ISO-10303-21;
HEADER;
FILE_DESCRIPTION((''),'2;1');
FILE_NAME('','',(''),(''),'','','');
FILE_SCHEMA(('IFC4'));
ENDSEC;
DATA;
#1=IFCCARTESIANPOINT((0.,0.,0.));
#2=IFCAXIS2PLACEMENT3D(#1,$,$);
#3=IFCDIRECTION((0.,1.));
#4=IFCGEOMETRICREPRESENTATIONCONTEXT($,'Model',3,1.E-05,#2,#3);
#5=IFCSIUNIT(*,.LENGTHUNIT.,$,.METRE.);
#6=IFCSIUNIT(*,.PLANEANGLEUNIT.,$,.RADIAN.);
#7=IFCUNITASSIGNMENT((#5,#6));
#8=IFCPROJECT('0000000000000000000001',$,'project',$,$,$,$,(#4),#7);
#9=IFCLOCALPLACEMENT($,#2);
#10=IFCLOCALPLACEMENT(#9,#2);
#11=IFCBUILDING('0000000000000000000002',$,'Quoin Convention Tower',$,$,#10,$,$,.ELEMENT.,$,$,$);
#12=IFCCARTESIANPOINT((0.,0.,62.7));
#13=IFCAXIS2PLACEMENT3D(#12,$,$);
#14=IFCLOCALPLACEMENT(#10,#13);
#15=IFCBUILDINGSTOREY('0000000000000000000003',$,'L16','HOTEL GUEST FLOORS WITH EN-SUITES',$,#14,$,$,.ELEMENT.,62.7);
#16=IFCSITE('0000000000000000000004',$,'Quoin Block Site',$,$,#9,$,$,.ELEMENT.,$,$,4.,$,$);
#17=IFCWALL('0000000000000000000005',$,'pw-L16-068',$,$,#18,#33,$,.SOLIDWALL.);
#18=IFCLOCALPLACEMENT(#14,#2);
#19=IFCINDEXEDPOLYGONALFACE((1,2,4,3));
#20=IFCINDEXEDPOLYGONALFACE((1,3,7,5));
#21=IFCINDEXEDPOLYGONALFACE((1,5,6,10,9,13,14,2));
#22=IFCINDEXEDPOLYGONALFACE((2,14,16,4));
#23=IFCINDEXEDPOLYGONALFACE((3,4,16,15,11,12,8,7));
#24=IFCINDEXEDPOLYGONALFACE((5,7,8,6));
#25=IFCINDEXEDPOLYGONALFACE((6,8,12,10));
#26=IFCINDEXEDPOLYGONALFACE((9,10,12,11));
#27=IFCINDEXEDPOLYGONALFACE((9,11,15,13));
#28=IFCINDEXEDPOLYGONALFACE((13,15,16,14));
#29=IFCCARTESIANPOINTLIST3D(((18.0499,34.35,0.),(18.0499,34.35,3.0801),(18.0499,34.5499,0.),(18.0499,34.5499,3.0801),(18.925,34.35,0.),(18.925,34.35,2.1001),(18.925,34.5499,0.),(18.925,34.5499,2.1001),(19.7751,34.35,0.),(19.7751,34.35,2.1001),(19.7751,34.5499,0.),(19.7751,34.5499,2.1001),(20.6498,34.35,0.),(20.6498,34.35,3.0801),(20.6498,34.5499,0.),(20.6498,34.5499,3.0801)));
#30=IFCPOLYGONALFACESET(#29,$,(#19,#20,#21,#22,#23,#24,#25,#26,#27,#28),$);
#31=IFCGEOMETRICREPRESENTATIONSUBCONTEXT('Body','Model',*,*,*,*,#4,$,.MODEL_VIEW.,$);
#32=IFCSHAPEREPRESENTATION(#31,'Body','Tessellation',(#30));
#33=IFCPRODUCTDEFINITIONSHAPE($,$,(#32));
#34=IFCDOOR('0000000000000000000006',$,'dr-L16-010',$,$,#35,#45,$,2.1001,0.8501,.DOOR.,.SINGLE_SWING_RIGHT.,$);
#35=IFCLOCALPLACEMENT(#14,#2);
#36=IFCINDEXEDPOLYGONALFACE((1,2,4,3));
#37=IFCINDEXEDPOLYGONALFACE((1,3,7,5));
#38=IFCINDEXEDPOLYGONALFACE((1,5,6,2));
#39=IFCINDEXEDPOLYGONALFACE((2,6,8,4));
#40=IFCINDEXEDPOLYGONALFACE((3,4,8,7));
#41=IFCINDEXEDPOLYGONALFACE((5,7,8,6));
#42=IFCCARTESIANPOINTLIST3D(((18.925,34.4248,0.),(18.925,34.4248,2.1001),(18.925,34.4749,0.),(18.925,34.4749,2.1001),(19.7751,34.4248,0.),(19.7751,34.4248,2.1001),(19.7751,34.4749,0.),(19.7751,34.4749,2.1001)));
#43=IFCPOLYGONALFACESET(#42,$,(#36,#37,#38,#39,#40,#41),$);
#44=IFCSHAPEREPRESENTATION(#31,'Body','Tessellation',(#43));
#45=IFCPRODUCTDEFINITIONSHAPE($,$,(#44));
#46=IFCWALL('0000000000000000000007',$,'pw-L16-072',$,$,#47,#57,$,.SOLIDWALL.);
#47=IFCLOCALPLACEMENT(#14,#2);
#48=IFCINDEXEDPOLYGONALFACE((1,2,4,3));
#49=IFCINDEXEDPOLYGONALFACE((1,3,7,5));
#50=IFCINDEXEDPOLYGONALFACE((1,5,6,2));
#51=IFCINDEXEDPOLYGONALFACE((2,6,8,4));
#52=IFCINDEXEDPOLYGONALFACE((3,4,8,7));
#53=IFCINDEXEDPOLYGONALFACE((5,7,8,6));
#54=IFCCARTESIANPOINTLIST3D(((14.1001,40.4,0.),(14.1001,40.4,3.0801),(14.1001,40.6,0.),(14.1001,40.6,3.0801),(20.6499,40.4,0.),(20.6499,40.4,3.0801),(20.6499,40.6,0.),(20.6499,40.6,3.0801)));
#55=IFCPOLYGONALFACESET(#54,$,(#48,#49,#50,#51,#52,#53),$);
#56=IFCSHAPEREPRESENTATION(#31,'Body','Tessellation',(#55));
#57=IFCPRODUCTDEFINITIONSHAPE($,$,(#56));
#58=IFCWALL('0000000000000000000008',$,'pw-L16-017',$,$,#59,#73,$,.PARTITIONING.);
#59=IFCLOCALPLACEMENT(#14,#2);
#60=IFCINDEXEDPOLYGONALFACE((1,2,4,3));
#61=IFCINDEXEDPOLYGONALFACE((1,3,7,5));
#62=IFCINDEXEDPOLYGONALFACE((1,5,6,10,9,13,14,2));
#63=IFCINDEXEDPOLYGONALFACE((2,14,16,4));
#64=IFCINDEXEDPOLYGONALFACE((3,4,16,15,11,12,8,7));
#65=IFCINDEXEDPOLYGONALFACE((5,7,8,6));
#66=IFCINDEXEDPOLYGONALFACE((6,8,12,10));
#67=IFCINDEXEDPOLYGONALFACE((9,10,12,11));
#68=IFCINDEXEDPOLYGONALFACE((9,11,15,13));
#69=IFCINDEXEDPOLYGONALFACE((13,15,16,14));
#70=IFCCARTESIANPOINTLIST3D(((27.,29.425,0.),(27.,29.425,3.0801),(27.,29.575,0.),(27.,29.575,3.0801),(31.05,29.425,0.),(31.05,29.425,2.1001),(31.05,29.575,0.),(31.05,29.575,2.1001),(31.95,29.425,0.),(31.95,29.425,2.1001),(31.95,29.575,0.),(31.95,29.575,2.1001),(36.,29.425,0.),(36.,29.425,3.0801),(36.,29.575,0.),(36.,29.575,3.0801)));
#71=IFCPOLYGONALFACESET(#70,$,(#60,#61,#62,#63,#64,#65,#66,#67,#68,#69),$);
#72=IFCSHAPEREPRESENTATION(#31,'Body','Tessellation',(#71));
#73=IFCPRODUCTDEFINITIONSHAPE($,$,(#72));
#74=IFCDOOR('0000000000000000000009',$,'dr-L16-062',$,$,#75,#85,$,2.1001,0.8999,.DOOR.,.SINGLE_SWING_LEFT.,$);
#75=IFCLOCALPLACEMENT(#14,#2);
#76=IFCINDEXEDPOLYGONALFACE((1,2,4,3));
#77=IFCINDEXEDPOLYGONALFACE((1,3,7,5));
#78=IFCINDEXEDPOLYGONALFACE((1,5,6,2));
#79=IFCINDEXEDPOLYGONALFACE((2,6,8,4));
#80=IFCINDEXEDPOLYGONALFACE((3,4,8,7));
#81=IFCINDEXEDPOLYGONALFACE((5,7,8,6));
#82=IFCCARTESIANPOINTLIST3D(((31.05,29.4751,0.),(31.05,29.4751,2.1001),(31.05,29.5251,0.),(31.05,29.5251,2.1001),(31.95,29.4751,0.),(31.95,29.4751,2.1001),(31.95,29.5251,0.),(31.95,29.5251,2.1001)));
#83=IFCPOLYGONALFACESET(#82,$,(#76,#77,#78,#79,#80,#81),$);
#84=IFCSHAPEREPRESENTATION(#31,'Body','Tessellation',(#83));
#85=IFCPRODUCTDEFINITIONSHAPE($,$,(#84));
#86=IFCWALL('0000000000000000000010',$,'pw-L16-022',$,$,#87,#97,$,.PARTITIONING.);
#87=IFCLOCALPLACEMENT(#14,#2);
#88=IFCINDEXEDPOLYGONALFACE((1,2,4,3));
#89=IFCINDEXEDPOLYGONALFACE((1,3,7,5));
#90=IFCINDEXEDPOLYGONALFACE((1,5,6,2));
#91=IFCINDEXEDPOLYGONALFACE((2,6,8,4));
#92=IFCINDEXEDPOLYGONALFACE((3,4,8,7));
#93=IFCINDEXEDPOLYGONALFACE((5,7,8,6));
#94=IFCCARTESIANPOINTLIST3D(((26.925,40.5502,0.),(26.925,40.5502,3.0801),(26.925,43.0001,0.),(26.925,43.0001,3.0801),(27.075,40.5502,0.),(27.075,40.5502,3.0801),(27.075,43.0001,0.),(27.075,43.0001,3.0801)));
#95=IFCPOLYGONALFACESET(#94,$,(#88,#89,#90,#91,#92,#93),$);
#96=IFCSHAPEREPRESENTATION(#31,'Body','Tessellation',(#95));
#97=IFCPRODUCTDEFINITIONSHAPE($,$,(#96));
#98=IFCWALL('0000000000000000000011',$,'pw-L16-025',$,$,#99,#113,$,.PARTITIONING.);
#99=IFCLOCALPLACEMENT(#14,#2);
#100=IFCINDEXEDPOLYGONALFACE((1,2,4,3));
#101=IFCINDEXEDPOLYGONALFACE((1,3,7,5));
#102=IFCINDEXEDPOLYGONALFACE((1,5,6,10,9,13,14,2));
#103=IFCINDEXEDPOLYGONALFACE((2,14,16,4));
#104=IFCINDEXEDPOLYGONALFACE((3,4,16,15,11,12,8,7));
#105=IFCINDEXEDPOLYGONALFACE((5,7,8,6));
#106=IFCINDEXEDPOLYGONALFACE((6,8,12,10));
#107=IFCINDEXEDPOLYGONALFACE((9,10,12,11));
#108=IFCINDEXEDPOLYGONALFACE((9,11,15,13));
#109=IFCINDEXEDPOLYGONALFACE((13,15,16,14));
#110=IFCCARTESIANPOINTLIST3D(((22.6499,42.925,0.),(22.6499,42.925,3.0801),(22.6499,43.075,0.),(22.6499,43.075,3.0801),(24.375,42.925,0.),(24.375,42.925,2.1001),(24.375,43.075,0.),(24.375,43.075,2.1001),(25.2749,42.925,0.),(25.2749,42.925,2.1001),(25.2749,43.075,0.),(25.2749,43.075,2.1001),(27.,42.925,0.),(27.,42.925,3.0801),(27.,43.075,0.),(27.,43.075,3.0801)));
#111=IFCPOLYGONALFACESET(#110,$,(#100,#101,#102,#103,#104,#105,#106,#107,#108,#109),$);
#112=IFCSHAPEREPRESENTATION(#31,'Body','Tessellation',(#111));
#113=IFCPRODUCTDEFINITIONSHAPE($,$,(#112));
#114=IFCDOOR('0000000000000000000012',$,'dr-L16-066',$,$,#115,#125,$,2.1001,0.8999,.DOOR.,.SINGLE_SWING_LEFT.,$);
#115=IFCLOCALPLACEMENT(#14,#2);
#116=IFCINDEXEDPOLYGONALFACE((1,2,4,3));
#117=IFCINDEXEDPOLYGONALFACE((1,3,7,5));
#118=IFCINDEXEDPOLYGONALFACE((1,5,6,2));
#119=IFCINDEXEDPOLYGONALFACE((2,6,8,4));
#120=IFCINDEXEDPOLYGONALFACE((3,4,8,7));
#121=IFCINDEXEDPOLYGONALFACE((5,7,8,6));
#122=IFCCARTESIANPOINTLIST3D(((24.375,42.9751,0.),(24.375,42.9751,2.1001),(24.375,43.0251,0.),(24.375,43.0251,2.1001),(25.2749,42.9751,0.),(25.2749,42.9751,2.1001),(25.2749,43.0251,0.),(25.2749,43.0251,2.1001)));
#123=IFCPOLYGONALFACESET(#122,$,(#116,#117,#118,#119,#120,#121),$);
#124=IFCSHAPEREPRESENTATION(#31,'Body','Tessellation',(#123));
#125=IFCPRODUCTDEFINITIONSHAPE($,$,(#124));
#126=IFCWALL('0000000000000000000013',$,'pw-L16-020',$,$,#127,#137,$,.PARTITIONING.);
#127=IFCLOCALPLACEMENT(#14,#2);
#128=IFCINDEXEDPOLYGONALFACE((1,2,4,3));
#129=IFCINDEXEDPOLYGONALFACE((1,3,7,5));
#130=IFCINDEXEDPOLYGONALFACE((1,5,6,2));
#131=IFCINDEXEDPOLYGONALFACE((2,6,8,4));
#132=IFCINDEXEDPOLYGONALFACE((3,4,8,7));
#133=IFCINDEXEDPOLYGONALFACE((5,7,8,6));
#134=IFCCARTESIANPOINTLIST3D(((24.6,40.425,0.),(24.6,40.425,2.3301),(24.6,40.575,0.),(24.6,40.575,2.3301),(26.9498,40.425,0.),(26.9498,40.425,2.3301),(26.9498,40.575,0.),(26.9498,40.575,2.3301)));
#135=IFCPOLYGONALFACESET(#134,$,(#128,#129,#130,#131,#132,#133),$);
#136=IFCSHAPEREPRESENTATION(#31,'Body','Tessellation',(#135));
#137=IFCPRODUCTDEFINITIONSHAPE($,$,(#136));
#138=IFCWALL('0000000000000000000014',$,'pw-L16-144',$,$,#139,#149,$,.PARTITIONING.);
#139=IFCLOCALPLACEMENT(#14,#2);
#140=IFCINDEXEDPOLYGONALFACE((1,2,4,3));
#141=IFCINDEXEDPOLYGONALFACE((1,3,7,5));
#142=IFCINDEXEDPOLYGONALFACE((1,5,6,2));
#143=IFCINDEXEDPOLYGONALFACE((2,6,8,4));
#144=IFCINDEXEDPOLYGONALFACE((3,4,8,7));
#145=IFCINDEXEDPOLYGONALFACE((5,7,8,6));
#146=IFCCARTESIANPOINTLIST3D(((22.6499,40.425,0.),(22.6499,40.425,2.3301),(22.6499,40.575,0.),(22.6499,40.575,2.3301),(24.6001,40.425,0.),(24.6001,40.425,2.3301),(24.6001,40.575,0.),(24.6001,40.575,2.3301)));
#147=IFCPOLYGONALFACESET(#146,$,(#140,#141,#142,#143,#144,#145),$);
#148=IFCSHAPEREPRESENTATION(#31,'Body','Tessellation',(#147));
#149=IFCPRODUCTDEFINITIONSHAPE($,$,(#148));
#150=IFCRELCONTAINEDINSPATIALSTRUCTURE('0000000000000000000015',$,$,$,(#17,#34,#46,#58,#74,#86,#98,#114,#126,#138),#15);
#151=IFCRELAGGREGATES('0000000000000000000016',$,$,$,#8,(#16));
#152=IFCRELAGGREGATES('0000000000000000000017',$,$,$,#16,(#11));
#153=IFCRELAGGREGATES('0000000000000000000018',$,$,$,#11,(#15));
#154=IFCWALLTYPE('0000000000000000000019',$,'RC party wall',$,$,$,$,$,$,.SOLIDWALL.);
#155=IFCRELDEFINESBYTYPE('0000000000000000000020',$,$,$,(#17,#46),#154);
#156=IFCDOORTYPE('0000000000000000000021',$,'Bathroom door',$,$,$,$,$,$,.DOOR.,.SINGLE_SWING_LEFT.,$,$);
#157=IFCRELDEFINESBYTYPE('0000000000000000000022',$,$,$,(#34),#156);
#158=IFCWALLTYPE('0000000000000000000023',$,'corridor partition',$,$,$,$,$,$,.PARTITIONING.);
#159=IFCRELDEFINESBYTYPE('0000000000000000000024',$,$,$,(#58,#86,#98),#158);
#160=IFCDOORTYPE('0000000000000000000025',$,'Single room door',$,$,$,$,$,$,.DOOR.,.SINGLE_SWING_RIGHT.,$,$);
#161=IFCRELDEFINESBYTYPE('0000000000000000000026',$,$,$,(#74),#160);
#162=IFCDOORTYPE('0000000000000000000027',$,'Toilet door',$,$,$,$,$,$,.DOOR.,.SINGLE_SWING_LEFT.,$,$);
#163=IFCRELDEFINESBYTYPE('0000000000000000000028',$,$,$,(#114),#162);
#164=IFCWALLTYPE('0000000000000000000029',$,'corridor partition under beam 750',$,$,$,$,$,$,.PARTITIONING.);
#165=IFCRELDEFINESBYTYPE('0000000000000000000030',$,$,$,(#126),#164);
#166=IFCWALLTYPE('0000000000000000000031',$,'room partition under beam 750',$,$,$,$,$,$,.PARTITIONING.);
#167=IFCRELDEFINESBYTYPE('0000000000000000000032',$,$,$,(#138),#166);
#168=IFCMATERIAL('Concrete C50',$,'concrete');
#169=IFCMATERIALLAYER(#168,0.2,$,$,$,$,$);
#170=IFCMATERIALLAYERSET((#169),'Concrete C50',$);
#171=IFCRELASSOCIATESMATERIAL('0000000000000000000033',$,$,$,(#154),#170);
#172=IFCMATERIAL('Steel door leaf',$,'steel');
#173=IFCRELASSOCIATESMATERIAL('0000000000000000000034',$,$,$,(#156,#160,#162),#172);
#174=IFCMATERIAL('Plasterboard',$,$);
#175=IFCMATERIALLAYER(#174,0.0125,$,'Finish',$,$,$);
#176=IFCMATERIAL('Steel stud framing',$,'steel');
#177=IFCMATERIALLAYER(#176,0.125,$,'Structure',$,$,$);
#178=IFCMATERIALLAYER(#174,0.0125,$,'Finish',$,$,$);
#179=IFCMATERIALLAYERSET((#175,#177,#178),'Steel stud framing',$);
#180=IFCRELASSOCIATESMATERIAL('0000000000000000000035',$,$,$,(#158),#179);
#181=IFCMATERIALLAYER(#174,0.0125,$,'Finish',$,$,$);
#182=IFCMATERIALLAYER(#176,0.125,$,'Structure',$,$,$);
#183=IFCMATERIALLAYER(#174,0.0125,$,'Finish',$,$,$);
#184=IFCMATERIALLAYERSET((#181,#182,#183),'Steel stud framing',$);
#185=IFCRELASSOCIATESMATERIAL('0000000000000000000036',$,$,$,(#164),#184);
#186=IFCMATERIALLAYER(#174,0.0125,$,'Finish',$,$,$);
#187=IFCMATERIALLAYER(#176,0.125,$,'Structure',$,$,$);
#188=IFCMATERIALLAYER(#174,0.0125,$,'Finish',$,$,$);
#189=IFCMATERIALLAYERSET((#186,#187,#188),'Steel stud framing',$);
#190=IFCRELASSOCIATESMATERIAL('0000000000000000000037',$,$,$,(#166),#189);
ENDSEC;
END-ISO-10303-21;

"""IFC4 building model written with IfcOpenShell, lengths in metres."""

from ifc_helpers import new_model, si_unit, direction, frame, frame_2d, origin, place, context, subcontext, project, spatial, rectangle, extrude, material, layer, layer_set, type_object, element, fill, save


model = new_model("IFC4")

# Units and contexts
model_context = context("Model", 3, precision=1e-05, world=origin(), true_north=direction((0.0, 1.0)))
body_context = subcontext(model_context, "Body", "Model", "MODEL_VIEW")
ifc_project = project(units=[si_unit("LENGTHUNIT", "METRE"), si_unit("PLANEANGLEUNIT", "RADIAN")], contexts=[model_context])

# Site, building, storey
site_placement = place(None, origin())
site = spatial("IfcSite", under=ifc_project, at=site_placement, Name="Quoin Block Site", CompositionType="ELEMENT", RefElevation=4.0)
building_placement = place(site_placement, origin())
building = spatial("IfcBuilding", under=site, at=building_placement, Name="Quoin Convention Tower", CompositionType="ELEMENT")
storey_placement = place(building_placement, frame((0.0, 0.0, 62.7)))
storey = spatial("IfcBuildingStorey", under=building, at=storey_placement, Name="L16", Description="HOTEL GUEST FLOORS WITH EN-SUITES", CompositionType="ELEMENT", Elevation=62.7)

# Shared definitions
ifc_material_1 = material(Name="Steel door leaf", Category="steel")

# Shared definitions
ifc_material_2 = material(Name="Concrete C50", Category="concrete")
ifc_layer_1 = layer(ifc_material_2, 0.2)
ifc_layer_set_1 = layer_set([ifc_layer_1], Name="Concrete C50")
wall_type_1 = type_object("IfcWallType", Name="RC party wall", PredefinedType="SOLIDWALL", material=ifc_layer_set_1)

# Wall, opening, door
wall_1_placement = place(storey_placement, frame((18.05, 34.45, 0.0), z_axis=(0.0, 0.0, 1.0), x_axis=(1.0, 0.0, 0.0)))
wall_1 = element("IfcWall", 1, at=wall_1_placement, inside=storey, type_object=wall_type_1, Name="pw-L16-068", PredefinedType="SOLIDWALL", context=body_context, shape_type="SweptSolid", body=[
    extrude(rectangle(XDim=2.5999, YDim=0.2, at=frame_2d((1.2998, 0.0))), origin(), (0.0, 0.0, 1.0), 3.0801),
])
opening_1_placement = place(wall_1_placement, frame((0.875, 0.0, 0.0)))
opening_1 = element("IfcOpeningElement", 2, at=opening_1_placement, cuts=wall_1, PredefinedType="OPENING", context=body_context, shape_type="SweptSolid", body=[
    extrude(rectangle(XDim=0.8501, YDim=2.1001, at=frame_2d((0.425, 1.05))), frame((0.0, 0.1099, 0.0), z_axis=(0.0, -1.0, 0.0), x_axis=(1.0, 0.0, 0.0)), (0.0, 0.0, 1.0), 0.22),
])
door_type_1 = type_object("IfcDoorType", Name="Bathroom door", OperationType="SINGLE_SWING_LEFT", PredefinedType="DOOR", material=ifc_material_1)
door_1_placement = place(opening_1_placement, origin())
door_1 = element("IfcDoor", 3, at=door_1_placement, inside=storey, type_object=door_type_1, Name="dr-L16-010", OperationType="SINGLE_SWING_RIGHT", OverallHeight=2.1001, OverallWidth=0.8501, PredefinedType="DOOR", context=body_context, shape_type="SweptSolid", body=[
    extrude(rectangle(XDim=0.8501, YDim=2.1001, at=frame_2d((0.425, 1.05))), frame((0.0, 0.0249, 0.0), z_axis=(0.0, -1.0, 0.0), x_axis=(1.0, 0.0, 0.0)), (0.0, 0.0, 1.0), 0.05),
])
fill(opening_1, door_1)

# Wall
wall_2_placement = place(storey_placement, frame((14.1001, 40.5, 0.0), z_axis=(0.0, 0.0, 1.0), x_axis=(1.0, 0.0, 0.0)))
element("IfcWall", 4, at=wall_2_placement, inside=storey, type_object=wall_type_1, Name="pw-L16-072", PredefinedType="SOLIDWALL", context=body_context, shape_type="SweptSolid", body=[
    extrude(rectangle(XDim=6.5498, YDim=0.2, at=frame_2d((3.2749, 0.0))), origin(), (0.0, 0.0, 1.0), 3.0801),
])

# Wall, opening, door
ifc_material_3 = material(Name="Plasterboard")
ifc_layer_2 = layer(ifc_material_3, 0.0125, Name="Finish")
ifc_material_4 = material(Name="Steel stud framing", Category="steel")
ifc_layer_3 = layer(ifc_material_4, 0.125, Name="Structure")
ifc_layer_4 = layer(ifc_material_3, 0.0125, Name="Finish")
ifc_layer_set_2 = layer_set([ifc_layer_2, ifc_layer_3, ifc_layer_4], Name="Steel stud framing")
wall_type_2 = type_object("IfcWallType", Name="corridor partition", PredefinedType="PARTITIONING", material=ifc_layer_set_2)
wall_3_placement = place(storey_placement, frame((27.0, 29.5, 0.0), z_axis=(0.0, 0.0, 1.0), x_axis=(1.0, 0.0, 0.0)))
wall_3 = element("IfcWall", 5, at=wall_3_placement, inside=storey, type_object=wall_type_2, Name="pw-L16-017", PredefinedType="PARTITIONING", context=body_context, shape_type="SweptSolid", body=[
    extrude(rectangle(XDim=9.0, YDim=0.1499, at=frame_2d((4.5, 0.0))), origin(), (0.0, 0.0, 1.0), 3.0801),
])
opening_2_placement = place(wall_3_placement, frame((4.05, 0.0, 0.0)))
opening_2 = element("IfcOpeningElement", 6, at=opening_2_placement, cuts=wall_3, PredefinedType="OPENING", context=body_context, shape_type="SweptSolid", body=[
    extrude(rectangle(XDim=0.8999, YDim=2.1001, at=frame_2d((0.45, 1.05))), frame((0.0, 0.085, 0.0), z_axis=(0.0, -1.0, 0.0), x_axis=(1.0, 0.0, 0.0)), (0.0, 0.0, 1.0), 0.1699),
])
door_type_2 = type_object("IfcDoorType", Name="Single room door", OperationType="SINGLE_SWING_RIGHT", PredefinedType="DOOR", material=ifc_material_1)
door_2_placement = place(opening_2_placement, frame((0.8999, 0.0, 0.0), z_axis=(0.0, 0.0, 1.0), x_axis=(-1.0, 0.0, 0.0)))
door_2 = element("IfcDoor", 7, at=door_2_placement, inside=storey, type_object=door_type_2, Name="dr-L16-062", OperationType="SINGLE_SWING_LEFT", OverallHeight=2.1001, OverallWidth=0.8999, PredefinedType="DOOR", context=body_context, shape_type="SweptSolid", body=[
    extrude(rectangle(XDim=0.8999, YDim=2.1001, at=frame_2d((0.45, 1.05))), frame((0.0, 0.0249, 0.0), z_axis=(0.0, -1.0, 0.0), x_axis=(1.0, 0.0, 0.0)), (0.0, 0.0, 1.0), 0.05),
])
fill(opening_2, door_2)

# Wall
wall_4_placement = place(storey_placement, frame((27.0, 40.55, 0.0), z_axis=(0.0, 0.0, 1.0), x_axis=(0.0, 1.0, 0.0)))
element("IfcWall", 8, at=wall_4_placement, inside=storey, type_object=wall_type_2, Name="pw-L16-022", PredefinedType="PARTITIONING", context=body_context, shape_type="SweptSolid", body=[
    extrude(rectangle(XDim=2.45, YDim=0.1499, at=frame_2d((1.2251, 0.0))), origin(), (0.0, 0.0, 1.0), 3.0801),
])

# Wall, opening, door
wall_5_placement = place(storey_placement, frame((22.6499, 43.0, 0.0), z_axis=(0.0, 0.0, 1.0), x_axis=(1.0, 0.0, 0.0)))
wall_5 = element("IfcWall", 9, at=wall_5_placement, inside=storey, type_object=wall_type_2, Name="pw-L16-025", PredefinedType="PARTITIONING", context=body_context, shape_type="SweptSolid", body=[
    extrude(rectangle(XDim=4.3501, YDim=0.1499, at=frame_2d((2.175, 0.0))), origin(), (0.0, 0.0, 1.0), 3.0801),
])
opening_3_placement = place(wall_5_placement, frame((1.7251, 0.0, 0.0)))
opening_3 = element("IfcOpeningElement", 10, at=opening_3_placement, cuts=wall_5, PredefinedType="OPENING", context=body_context, shape_type="SweptSolid", body=[
    extrude(rectangle(XDim=0.8999, YDim=2.1001, at=frame_2d((0.45, 1.05))), frame((0.0, 0.085, 0.0), z_axis=(0.0, -1.0, 0.0), x_axis=(1.0, 0.0, 0.0)), (0.0, 0.0, 1.0), 0.1699),
])
door_type_3 = type_object("IfcDoorType", Name="Toilet door", OperationType="SINGLE_SWING_LEFT", PredefinedType="DOOR", material=ifc_material_1)
door_3_placement = place(opening_3_placement, frame((0.8999, 0.0, 0.0), z_axis=(0.0, 0.0, 1.0), x_axis=(-1.0, 0.0, 0.0)))
door_3 = element("IfcDoor", 11, at=door_3_placement, inside=storey, type_object=door_type_3, Name="dr-L16-066", OperationType="SINGLE_SWING_LEFT", OverallHeight=2.1001, OverallWidth=0.8999, PredefinedType="DOOR", context=body_context, shape_type="SweptSolid", body=[
    extrude(rectangle(XDim=0.8999, YDim=2.1001, at=frame_2d((0.45, 1.05))), frame((0.0, 0.0249, 0.0), z_axis=(0.0, -1.0, 0.0), x_axis=(1.0, 0.0, 0.0)), (0.0, 0.0, 1.0), 0.05),
])
fill(opening_3, door_3)

# Walls
ifc_layer_5 = layer(ifc_material_3, 0.0125, Name="Finish")
ifc_layer_6 = layer(ifc_material_4, 0.125, Name="Structure")
ifc_layer_7 = layer(ifc_material_3, 0.0125, Name="Finish")
ifc_layer_set_3 = layer_set([ifc_layer_5, ifc_layer_6, ifc_layer_7], Name="Steel stud framing")
wall_type_3 = type_object("IfcWallType", Name="corridor partition under beam 750", PredefinedType="PARTITIONING", material=ifc_layer_set_3)
wall_6_placement = place(storey_placement, frame((24.6001, 40.5, 0.0), z_axis=(0.0, 0.0, 1.0), x_axis=(1.0, 0.0, 0.0)))
element("IfcWall", 12, at=wall_6_placement, inside=storey, type_object=wall_type_3, Name="pw-L16-020", PredefinedType="PARTITIONING", context=body_context, shape_type="SweptSolid", body=[
    extrude(rectangle(XDim=2.3499, YDim=0.1499, at=frame_2d((1.1748, 0.0))), origin(), (0.0, 0.0, 1.0), 2.3301),
])
ifc_layer_8 = layer(ifc_material_3, 0.0125, Name="Finish")
ifc_layer_9 = layer(ifc_material_4, 0.125, Name="Structure")
ifc_layer_10 = layer(ifc_material_3, 0.0125, Name="Finish")
ifc_layer_set_4 = layer_set([ifc_layer_8, ifc_layer_9, ifc_layer_10], Name="Steel stud framing")
wall_type_4 = type_object("IfcWallType", Name="room partition under beam 750", PredefinedType="PARTITIONING", material=ifc_layer_set_4)
wall_7_placement = place(storey_placement, frame((22.6499, 40.5, 0.0), z_axis=(0.0, 0.0, 1.0), x_axis=(1.0, 0.0, 0.0)))
element("IfcWall", 13, at=wall_7_placement, inside=storey, type_object=wall_type_4, Name="pw-L16-144", PredefinedType="PARTITIONING", context=body_context, shape_type="SweptSolid", body=[
    extrude(rectangle(XDim=1.9502, YDim=0.1499, at=frame_2d((0.9751, 0.0))), origin(), (0.0, 0.0, 1.0), 2.3301),
])

save(model, "model.ifc")
